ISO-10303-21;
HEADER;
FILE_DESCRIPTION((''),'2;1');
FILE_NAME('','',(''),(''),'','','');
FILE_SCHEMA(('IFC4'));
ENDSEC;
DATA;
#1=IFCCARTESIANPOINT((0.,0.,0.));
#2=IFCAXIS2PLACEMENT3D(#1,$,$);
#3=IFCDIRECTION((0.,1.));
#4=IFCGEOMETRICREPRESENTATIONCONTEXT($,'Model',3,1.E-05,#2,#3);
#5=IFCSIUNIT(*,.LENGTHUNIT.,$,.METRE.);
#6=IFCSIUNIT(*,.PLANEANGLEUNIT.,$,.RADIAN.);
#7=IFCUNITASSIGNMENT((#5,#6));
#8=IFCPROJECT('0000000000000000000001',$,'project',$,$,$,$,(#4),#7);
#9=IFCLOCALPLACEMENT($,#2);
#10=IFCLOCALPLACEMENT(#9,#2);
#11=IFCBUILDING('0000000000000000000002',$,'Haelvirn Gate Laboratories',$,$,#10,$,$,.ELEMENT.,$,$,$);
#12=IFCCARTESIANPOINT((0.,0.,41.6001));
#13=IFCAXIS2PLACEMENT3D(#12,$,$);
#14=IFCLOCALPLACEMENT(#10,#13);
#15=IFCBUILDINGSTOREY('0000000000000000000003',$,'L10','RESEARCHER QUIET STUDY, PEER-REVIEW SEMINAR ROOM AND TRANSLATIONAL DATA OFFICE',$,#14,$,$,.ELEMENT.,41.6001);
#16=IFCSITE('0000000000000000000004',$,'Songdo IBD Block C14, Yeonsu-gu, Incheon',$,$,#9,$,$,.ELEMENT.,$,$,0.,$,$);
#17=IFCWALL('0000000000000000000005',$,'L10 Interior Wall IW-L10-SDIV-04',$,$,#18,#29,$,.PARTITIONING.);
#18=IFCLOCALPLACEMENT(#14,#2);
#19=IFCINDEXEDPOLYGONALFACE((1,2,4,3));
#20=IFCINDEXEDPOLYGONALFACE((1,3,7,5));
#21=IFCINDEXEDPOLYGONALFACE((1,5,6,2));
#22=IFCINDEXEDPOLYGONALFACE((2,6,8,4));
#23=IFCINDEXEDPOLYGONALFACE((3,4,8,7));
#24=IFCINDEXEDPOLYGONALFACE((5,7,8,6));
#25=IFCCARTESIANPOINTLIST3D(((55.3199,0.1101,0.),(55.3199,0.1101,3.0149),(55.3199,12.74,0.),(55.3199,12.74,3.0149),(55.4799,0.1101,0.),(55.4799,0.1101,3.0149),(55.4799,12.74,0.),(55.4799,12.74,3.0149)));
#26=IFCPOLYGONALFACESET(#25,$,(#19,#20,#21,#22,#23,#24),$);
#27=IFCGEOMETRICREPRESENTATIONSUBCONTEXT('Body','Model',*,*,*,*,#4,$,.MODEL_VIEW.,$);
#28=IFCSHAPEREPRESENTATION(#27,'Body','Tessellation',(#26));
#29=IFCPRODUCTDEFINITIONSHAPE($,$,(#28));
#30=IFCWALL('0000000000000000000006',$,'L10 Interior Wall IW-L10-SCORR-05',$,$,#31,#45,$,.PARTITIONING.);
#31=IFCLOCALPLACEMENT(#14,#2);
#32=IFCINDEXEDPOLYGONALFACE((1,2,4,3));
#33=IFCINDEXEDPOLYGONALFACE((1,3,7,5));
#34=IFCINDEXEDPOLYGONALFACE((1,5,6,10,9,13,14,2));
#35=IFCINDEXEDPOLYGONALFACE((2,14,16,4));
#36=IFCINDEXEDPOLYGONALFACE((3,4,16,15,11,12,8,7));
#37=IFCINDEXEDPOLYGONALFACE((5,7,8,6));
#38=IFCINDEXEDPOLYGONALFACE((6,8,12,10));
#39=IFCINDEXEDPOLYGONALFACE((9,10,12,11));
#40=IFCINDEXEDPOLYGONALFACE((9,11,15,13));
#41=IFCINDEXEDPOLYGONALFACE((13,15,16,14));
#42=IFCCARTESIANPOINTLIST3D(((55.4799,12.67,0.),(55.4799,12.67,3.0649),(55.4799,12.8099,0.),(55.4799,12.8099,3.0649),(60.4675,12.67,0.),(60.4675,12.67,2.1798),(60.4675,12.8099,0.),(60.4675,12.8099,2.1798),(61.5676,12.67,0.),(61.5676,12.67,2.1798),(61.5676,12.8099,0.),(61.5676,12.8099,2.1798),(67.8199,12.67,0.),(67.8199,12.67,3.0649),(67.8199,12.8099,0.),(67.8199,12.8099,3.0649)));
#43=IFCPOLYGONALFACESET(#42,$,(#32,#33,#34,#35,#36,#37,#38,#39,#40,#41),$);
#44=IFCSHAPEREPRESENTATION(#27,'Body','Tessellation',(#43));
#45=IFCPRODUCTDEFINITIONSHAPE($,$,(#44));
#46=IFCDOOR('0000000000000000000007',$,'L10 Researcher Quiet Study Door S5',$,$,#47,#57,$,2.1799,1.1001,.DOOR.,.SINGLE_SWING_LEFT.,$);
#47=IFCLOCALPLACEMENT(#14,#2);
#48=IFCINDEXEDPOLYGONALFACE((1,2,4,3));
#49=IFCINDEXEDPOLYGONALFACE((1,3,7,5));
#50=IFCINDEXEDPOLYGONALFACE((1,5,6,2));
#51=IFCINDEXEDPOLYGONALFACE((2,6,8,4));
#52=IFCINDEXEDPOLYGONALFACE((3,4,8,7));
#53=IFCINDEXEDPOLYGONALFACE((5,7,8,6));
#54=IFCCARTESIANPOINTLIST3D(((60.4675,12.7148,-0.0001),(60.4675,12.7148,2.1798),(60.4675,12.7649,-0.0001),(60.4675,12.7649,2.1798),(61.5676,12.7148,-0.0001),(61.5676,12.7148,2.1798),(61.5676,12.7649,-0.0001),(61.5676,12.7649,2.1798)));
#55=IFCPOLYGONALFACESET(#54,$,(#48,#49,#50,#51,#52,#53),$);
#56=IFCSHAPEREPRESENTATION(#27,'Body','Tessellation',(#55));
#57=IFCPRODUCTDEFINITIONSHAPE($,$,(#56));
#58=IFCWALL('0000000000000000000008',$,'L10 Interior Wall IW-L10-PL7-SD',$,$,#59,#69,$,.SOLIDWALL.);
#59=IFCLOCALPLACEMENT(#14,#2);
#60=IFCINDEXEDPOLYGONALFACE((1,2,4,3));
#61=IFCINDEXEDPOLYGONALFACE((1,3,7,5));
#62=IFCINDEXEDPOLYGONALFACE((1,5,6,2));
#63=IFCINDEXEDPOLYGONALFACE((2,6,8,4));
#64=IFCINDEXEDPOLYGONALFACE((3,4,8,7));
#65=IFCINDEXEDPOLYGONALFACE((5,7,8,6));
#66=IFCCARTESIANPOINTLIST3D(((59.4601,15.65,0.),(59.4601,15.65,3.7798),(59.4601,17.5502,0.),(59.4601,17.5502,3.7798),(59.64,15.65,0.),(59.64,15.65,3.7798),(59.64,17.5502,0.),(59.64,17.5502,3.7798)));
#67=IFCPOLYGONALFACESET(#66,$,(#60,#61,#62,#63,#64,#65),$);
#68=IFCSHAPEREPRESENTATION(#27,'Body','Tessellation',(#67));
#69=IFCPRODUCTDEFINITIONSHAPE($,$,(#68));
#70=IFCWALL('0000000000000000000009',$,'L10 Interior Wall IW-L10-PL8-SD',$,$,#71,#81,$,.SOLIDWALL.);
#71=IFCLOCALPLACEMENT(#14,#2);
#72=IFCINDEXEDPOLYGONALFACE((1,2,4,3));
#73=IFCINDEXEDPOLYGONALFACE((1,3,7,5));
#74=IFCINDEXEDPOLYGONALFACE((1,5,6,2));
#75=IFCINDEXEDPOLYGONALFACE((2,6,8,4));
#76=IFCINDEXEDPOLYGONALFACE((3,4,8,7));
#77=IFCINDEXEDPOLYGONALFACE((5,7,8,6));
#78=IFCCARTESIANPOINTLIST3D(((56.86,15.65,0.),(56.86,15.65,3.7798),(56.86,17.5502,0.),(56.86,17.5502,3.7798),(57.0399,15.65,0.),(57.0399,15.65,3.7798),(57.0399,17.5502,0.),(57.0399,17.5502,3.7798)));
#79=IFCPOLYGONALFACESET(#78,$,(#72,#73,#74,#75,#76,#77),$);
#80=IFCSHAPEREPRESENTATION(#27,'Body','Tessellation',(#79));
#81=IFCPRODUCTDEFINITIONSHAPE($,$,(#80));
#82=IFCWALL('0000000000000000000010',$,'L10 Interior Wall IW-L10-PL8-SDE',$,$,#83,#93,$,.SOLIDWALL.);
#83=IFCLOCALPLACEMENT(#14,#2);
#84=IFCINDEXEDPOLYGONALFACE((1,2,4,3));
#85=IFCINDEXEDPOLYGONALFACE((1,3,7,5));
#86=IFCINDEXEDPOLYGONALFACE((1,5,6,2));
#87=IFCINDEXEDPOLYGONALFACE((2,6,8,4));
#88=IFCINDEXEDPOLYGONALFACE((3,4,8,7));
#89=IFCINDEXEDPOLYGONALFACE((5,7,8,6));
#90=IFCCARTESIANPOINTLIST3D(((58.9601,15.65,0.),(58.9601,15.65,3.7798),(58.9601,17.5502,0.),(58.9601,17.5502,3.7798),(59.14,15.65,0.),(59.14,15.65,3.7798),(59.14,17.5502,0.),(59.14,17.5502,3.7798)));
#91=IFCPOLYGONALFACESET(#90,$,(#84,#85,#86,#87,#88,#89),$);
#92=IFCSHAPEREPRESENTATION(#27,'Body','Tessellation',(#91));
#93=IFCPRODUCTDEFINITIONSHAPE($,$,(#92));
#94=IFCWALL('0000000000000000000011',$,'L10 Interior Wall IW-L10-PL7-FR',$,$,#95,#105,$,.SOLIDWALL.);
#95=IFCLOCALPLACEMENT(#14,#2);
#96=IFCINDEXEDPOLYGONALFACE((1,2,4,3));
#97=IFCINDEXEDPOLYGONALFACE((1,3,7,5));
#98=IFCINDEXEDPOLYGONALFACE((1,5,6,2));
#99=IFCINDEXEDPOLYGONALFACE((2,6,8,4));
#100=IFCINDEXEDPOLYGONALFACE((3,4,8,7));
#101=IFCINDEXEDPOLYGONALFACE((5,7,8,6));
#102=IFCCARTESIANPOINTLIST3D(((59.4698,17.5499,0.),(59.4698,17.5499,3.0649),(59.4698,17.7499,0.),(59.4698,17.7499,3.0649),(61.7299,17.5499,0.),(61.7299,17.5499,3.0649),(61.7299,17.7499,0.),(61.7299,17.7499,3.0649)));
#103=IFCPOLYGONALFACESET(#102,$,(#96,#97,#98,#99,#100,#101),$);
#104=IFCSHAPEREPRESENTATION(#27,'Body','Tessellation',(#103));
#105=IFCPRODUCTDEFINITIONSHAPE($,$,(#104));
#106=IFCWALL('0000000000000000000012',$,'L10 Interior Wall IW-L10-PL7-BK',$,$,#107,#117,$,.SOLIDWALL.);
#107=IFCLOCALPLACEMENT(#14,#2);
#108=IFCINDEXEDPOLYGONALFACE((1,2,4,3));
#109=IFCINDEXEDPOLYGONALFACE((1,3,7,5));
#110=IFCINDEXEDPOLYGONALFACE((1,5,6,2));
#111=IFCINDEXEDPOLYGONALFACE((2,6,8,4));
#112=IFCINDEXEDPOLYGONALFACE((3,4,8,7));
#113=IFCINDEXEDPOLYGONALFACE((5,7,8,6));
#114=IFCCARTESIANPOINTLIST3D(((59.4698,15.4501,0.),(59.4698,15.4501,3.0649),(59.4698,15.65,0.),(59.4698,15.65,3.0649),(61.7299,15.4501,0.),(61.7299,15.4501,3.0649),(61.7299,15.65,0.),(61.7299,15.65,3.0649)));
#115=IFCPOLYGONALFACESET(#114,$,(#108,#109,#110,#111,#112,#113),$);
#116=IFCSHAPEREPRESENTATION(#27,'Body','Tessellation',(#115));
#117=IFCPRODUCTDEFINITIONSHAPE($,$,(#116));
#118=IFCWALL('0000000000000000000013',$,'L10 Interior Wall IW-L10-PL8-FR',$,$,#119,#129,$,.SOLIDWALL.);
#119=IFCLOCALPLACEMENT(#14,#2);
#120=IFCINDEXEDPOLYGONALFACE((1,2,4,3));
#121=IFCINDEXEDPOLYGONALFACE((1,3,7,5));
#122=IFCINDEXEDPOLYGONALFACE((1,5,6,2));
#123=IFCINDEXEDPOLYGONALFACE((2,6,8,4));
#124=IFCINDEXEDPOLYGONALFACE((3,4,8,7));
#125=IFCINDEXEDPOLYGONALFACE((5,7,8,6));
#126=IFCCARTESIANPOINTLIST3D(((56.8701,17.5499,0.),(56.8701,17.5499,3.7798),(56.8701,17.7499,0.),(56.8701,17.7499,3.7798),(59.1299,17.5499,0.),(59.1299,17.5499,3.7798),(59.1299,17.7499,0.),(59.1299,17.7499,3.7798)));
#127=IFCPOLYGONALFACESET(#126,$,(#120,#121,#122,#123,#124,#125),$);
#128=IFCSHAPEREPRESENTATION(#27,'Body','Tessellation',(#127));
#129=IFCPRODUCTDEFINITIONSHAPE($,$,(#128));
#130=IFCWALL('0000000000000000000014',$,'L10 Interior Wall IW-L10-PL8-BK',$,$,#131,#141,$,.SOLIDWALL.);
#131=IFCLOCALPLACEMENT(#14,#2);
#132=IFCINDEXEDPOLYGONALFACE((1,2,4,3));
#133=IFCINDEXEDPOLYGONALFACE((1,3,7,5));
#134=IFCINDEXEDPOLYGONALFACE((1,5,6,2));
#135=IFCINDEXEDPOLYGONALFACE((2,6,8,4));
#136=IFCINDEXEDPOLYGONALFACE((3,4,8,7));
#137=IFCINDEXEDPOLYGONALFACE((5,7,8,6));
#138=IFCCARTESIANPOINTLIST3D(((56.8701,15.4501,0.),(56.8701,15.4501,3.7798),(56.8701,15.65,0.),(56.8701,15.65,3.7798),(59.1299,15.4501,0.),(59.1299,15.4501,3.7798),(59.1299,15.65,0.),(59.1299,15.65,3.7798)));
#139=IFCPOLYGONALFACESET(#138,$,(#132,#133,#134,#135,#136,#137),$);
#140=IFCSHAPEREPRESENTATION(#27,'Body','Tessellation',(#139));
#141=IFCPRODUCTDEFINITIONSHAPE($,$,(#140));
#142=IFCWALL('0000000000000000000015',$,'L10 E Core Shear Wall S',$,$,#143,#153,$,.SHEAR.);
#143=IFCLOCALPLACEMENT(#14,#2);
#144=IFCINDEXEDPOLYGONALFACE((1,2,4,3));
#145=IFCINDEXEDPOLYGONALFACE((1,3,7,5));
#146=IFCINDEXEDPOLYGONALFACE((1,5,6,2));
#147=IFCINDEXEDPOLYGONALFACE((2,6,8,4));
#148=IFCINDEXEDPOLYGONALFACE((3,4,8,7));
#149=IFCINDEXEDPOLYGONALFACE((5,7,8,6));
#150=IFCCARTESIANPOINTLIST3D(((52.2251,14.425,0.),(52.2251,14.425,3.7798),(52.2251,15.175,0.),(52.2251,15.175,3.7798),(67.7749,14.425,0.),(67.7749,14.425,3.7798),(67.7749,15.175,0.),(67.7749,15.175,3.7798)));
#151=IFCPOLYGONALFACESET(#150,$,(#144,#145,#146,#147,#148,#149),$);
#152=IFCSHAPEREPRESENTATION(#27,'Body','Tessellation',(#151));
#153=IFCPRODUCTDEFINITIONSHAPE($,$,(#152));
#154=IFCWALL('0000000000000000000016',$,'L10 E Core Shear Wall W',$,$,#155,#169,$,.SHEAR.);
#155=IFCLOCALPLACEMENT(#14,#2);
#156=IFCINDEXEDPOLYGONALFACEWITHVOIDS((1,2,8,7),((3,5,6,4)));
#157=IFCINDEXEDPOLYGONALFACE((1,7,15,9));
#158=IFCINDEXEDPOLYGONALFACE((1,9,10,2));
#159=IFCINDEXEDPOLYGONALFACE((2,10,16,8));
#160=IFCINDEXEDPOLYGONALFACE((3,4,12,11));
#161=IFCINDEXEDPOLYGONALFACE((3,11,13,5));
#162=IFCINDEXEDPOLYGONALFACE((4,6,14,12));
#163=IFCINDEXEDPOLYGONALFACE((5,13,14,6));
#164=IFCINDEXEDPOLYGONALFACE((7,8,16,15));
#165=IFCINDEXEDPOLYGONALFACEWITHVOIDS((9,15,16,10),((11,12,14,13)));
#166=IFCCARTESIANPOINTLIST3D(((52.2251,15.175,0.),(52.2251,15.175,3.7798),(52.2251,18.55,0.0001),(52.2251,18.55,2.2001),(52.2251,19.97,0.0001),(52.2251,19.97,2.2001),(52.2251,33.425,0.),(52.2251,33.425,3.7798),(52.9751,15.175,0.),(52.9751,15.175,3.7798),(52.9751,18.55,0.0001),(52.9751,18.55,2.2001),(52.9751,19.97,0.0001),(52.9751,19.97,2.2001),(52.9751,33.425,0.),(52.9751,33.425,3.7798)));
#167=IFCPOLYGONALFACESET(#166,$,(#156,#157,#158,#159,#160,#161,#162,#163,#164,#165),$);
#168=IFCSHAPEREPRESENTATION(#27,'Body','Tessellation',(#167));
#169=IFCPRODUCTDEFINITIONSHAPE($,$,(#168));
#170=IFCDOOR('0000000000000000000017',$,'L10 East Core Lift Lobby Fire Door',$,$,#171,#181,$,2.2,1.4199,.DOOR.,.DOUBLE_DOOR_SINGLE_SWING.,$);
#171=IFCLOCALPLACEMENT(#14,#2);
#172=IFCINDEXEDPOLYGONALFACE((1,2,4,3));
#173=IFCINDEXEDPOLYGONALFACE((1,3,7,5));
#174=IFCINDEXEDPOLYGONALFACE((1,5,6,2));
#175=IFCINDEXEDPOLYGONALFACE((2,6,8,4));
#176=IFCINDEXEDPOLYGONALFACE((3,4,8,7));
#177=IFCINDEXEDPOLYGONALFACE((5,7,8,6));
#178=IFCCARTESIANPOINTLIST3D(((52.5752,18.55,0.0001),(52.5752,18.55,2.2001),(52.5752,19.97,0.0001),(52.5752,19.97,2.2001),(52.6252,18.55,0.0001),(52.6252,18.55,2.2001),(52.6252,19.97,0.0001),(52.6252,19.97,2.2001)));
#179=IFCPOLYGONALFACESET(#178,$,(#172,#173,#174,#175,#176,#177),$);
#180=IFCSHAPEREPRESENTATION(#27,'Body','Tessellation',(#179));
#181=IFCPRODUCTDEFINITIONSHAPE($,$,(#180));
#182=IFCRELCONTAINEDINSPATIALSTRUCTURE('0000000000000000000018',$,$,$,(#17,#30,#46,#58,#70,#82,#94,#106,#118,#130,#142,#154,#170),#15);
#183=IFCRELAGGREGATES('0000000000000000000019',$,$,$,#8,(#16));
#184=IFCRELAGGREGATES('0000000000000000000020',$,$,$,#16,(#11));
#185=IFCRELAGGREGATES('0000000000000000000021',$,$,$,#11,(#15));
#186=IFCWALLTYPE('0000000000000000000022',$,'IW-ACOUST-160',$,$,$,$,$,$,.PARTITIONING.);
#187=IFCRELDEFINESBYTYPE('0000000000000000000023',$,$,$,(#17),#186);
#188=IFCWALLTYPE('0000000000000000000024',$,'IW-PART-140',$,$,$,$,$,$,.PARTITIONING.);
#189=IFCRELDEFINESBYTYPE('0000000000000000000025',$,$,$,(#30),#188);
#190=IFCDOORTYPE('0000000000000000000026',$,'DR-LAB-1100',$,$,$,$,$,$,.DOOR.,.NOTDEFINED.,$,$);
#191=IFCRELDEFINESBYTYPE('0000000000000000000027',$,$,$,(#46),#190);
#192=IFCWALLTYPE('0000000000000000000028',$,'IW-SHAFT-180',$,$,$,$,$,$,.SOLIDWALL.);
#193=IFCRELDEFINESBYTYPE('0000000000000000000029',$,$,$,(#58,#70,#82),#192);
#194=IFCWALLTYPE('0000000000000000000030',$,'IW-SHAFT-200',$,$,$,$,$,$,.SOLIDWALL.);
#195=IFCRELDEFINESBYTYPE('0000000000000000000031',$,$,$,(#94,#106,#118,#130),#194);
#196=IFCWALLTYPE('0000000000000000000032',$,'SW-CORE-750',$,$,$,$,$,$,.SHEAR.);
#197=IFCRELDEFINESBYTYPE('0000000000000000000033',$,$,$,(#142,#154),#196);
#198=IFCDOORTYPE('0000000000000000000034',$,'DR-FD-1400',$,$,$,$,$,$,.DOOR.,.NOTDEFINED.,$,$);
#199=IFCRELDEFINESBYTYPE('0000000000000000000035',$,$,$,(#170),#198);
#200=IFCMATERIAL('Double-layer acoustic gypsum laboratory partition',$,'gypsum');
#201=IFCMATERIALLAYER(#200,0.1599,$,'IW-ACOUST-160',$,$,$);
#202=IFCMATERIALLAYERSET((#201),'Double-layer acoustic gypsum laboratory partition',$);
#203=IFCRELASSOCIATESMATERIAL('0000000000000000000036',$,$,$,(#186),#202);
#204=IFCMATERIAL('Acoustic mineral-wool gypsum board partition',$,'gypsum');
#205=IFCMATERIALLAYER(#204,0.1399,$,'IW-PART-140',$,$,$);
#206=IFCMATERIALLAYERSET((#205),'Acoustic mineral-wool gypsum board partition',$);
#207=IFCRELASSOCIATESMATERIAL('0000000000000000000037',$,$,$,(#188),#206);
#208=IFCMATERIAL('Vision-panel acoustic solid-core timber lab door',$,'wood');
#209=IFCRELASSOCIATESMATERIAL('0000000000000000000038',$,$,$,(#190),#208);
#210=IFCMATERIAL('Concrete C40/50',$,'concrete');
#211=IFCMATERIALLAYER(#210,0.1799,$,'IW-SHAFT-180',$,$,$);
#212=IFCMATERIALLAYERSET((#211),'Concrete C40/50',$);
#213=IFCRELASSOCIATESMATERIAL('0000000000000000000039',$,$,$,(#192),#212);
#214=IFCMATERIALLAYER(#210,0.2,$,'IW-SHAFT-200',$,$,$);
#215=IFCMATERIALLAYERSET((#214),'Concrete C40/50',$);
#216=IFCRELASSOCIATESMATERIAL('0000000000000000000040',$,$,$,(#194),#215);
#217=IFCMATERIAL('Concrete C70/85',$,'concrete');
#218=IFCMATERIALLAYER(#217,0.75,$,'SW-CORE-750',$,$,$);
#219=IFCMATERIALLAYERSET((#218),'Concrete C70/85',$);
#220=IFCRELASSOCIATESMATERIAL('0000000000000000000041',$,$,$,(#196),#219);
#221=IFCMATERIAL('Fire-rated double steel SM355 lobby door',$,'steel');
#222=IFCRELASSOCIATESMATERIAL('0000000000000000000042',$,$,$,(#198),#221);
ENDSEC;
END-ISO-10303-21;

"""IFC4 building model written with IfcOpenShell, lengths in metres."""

from ifc_helpers import new_model, si_unit, direction, frame, frame_2d, origin, place, context, subcontext, project, spatial, rectangle, extrude, source, transform, mapped, material, layer, layer_set, type_object, type_shapes, element, fill, save


model = new_model("IFC4")

# Units and contexts
model_context = context("Model", 3, precision=1e-05, world=origin(), true_north=direction((0.0, 1.0)))
body_context = subcontext(model_context, "Body", "Model", "MODEL_VIEW")
ifc_project = project(units=[si_unit("LENGTHUNIT", "METRE"), si_unit("PLANEANGLEUNIT", "RADIAN")], contexts=[model_context])

# Site, building, storey
site_placement = place(None, origin())
site = spatial("IfcSite", under=ifc_project, at=site_placement, Name="Songdo IBD Block C14, Yeonsu-gu, Incheon", CompositionType="ELEMENT", RefElevation=0.0)
building_placement = place(site_placement, origin())
building = spatial("IfcBuilding", under=site, at=building_placement, Name="Haelvirn Gate Laboratories", CompositionType="ELEMENT")
storey_placement = place(building_placement, frame((0.0, 0.0, 41.6001)))
storey = spatial("IfcBuildingStorey", under=building, at=storey_placement, Name="L10", Description="RESEARCHER QUIET STUDY, PEER-REVIEW SEMINAR ROOM AND TRANSLATIONAL DATA OFFICE", CompositionType="ELEMENT", Elevation=41.6001)

# Shared definitions
ifc_material_1 = material(Name="Concrete C70/85", Category="concrete")

# Wall
ifc_material_2 = material(Name="Double-layer acoustic gypsum laboratory partition", Category="gypsum")
ifc_layer_1 = layer(ifc_material_2, 0.1599, Name="IW-ACOUST-160")
ifc_layer_set_1 = layer_set([ifc_layer_1], Name="Double-layer acoustic gypsum laboratory partition")
wall_type_1 = type_object("IfcWallType", Name="IW-ACOUST-160", PredefinedType="PARTITIONING", material=ifc_layer_set_1)
wall_1_placement = place(storey_placement, frame((55.3999, 0.1101, 0.0), z_axis=(0.0, 0.0, 1.0), x_axis=(0.0, 1.0, 0.0)))
element("IfcWall", 1, at=wall_1_placement, inside=storey, type_object=wall_type_1, Name="L10 Interior Wall IW-L10-SDIV-04", PredefinedType="PARTITIONING", context=body_context, shape_type="SweptSolid", body=[
    extrude(rectangle(XDim=12.6299, YDim=0.1599, at=frame_2d((6.3149, 0.0))), origin(), (0.0, 0.0, 1.0), 3.0149),
])

# Wall, opening, door
ifc_material_3 = material(Name="Acoustic mineral-wool gypsum board partition", Category="gypsum")
ifc_layer_2 = layer(ifc_material_3, 0.1399, Name="IW-PART-140")
ifc_layer_set_2 = layer_set([ifc_layer_2], Name="Acoustic mineral-wool gypsum board partition")
wall_type_2 = type_object("IfcWallType", Name="IW-PART-140", PredefinedType="PARTITIONING", material=ifc_layer_set_2)
wall_2_placement = place(storey_placement, frame((55.48, 12.74, 0.0), z_axis=(0.0, 0.0, 1.0), x_axis=(1.0, 0.0, 0.0)))
wall_2 = element("IfcWall", 2, at=wall_2_placement, inside=storey, type_object=wall_type_2, Name="L10 Interior Wall IW-L10-SCORR-05", PredefinedType="PARTITIONING", context=body_context, shape_type="SweptSolid", body=[
    extrude(rectangle(XDim=12.3401, YDim=0.1399, at=frame_2d((6.1699, 0.0))), origin(), (0.0, 0.0, 1.0), 3.0649),
])
opening_1_placement = place(wall_2_placement, frame((4.9875, 0.0, 0.0)))
opening_1 = element("IfcOpeningElement", 3, at=opening_1_placement, cuts=wall_2, PredefinedType="OPENING", context=body_context, shape_type="SweptSolid", body=[
    extrude(rectangle(XDim=1.1001, YDim=2.1799, at=frame_2d((0.55, 1.0898))), frame((0.0, 0.0801, 0.0), z_axis=(0.0, -1.0, 0.0), x_axis=(1.0, 0.0, 0.0)), (0.0, 0.0, 1.0), 0.1599),
])
ifc_material_4 = material(Name="Vision-panel acoustic solid-core timber lab door", Category="wood")
door_type_1 = type_object("IfcDoorType", Name="DR-LAB-1100", OperationType="NOTDEFINED", PredefinedType="DOOR", material=ifc_material_4)
shared_shape_1 = source(origin(), body_context, "Body", "SweptSolid", [
    extrude(rectangle(XDim=1.1001, YDim=2.1799, at=frame_2d((0.55, 1.0898))), frame((0.0, 0.0249, 0.0), z_axis=(0.0, -1.0, 0.0), x_axis=(1.0, 0.0, 0.0)), (0.0, 0.0, 1.0), 0.05),
])
type_shapes(door_type_1, [shared_shape_1])
door_1_placement = place(opening_1_placement, origin())
door_1 = element("IfcDoor", 4, at=door_1_placement, inside=storey, type_object=door_type_1, Name="L10 Researcher Quiet Study Door S5", OperationType="SINGLE_SWING_LEFT", OverallHeight=2.1799, OverallWidth=1.1001, PredefinedType="DOOR", context=body_context, shape_type="MappedRepresentation", body=[
    mapped(shared_shape_1, transform((0.0, 0.0, 0.0), scale=1.0)),
])
fill(opening_1, door_1)

# Walls
ifc_material_5 = material(Name="Concrete C40/50", Category="concrete")
ifc_layer_3 = layer(ifc_material_5, 0.1799, Name="IW-SHAFT-180")
ifc_layer_set_3 = layer_set([ifc_layer_3], Name="Concrete C40/50")
wall_type_3 = type_object("IfcWallType", Name="IW-SHAFT-180", PredefinedType="SOLIDWALL", material=ifc_layer_set_3)
for number, where, z_axis, x_axis, name in (
    (5, (59.55, 15.6499, 0.0), (0.0, 0.0, 1.0), (0.0, 1.0, 0.0), "L10 Interior Wall IW-L10-PL7-SD"),
    (6, (56.95, 15.6499, 0.0), (0.0, 0.0, 1.0), (0.0, 1.0, 0.0), "L10 Interior Wall IW-L10-PL8-SD"),
    (7, (59.05, 15.6499, 0.0), (0.0, 0.0, 1.0), (0.0, 1.0, 0.0), "L10 Interior Wall IW-L10-PL8-SDE"),
):
    element("IfcWall", number, at=place(storey_placement, frame(where, z_axis=z_axis, x_axis=x_axis)), inside=storey, type_object=wall_type_3, Name=name, PredefinedType="SOLIDWALL", context=body_context, shape_type="SweptSolid", body=[
        extrude(rectangle(XDim=1.9001, YDim=0.1799, at=frame_2d((0.9502, 0.0))), origin(), (0.0, 0.0, 1.0), 3.7798),
    ])
ifc_layer_4 = layer(ifc_material_5, 0.2, Name="IW-SHAFT-200")
ifc_layer_set_4 = layer_set([ifc_layer_4], Name="Concrete C40/50")
wall_type_4 = type_object("IfcWallType", Name="IW-SHAFT-200", PredefinedType="SOLIDWALL", material=ifc_layer_set_4)
for number, where, z_axis, x_axis, name in (
    (8, (59.47, 17.6499, 0.0), (0.0, 0.0, 1.0), (1.0, 0.0, 0.0), "L10 Interior Wall IW-L10-PL7-FR"),
    (9, (59.47, 15.55, 0.0), (0.0, 0.0, 1.0), (1.0, 0.0, 0.0), "L10 Interior Wall IW-L10-PL7-BK"),
):
    element("IfcWall", number, at=place(storey_placement, frame(where, z_axis=z_axis, x_axis=x_axis)), inside=storey, type_object=wall_type_4, Name=name, PredefinedType="SOLIDWALL", context=body_context, shape_type="SweptSolid", body=[
        extrude(rectangle(XDim=2.26, YDim=0.2, at=frame_2d((1.1299, 0.0))), origin(), (0.0, 0.0, 1.0), 3.0649),
    ])
for number, where, z_axis, x_axis, name in (
    (10, (56.8701, 17.6499, 0.0), (0.0, 0.0, 1.0), (1.0, 0.0, 0.0), "L10 Interior Wall IW-L10-PL8-FR"),
    (11, (56.8701, 15.55, 0.0), (0.0, 0.0, 1.0), (1.0, 0.0, 0.0), "L10 Interior Wall IW-L10-PL8-BK"),
):
    element("IfcWall", number, at=place(storey_placement, frame(where, z_axis=z_axis, x_axis=x_axis)), inside=storey, type_object=wall_type_4, Name=name, PredefinedType="SOLIDWALL", context=body_context, shape_type="SweptSolid", body=[
        extrude(rectangle(XDim=2.2598, YDim=0.2, at=frame_2d((1.1299, 0.0))), origin(), (0.0, 0.0, 1.0), 3.7798),
    ])
ifc_layer_5 = layer(ifc_material_1, 0.75, Name="SW-CORE-750")
ifc_layer_set_5 = layer_set([ifc_layer_5], Name="Concrete C70/85")
wall_type_5 = type_object("IfcWallType", Name="SW-CORE-750", PredefinedType="SHEAR", material=ifc_layer_set_5)
wall_3_placement = place(storey_placement, frame((52.2251, 14.8, 0.0), z_axis=(0.0, 0.0, 1.0), x_axis=(1.0, 0.0, 0.0)))
element("IfcWall", 12, at=wall_3_placement, inside=storey, type_object=wall_type_5, Name="L10 E Core Shear Wall S", PredefinedType="SHEAR", context=body_context, shape_type="SweptSolid", body=[
    extrude(rectangle(XDim=15.5498, YDim=0.75, at=frame_2d((7.7749, 0.0))), origin(), (0.0, 0.0, 1.0), 3.7798),
])

# Wall, opening, door
wall_4_placement = place(storey_placement, frame((52.6001, 15.175, 0.0), z_axis=(0.0, 0.0, 1.0), x_axis=(0.0, 1.0, 0.0)))
wall_4 = element("IfcWall", 13, at=wall_4_placement, inside=storey, type_object=wall_type_5, Name="L10 E Core Shear Wall W", PredefinedType="SHEAR", context=body_context, shape_type="SweptSolid", body=[
    extrude(rectangle(XDim=18.25, YDim=0.75, at=frame_2d((9.125, 0.0))), origin(), (0.0, 0.0, 1.0), 3.7798),
])
opening_2_placement = place(wall_4_placement, frame((3.375, 0.0, 0.0)))
opening_2 = element("IfcOpeningElement", 14, at=opening_2_placement, cuts=wall_4, PredefinedType="OPENING", context=body_context, shape_type="SweptSolid", body=[
    extrude(rectangle(XDim=1.4199, YDim=2.2, at=frame_2d((0.71, 1.1001))), frame((0.0, 0.385, 0.0), z_axis=(0.0, -1.0, 0.0), x_axis=(1.0, 0.0, 0.0)), (0.0, 0.0, 1.0), 0.77),
])
ifc_material_6 = material(Name="Fire-rated double steel SM355 lobby door", Category="steel")
door_type_2 = type_object("IfcDoorType", Name="DR-FD-1400", OperationType="NOTDEFINED", PredefinedType="DOOR", material=ifc_material_6)
shared_shape_2 = source(origin(), body_context, "Body", "SweptSolid", [
    extrude(rectangle(XDim=1.4199, YDim=2.2, at=frame_2d((0.71, 1.1001))), frame((0.0, 0.0249, 0.0), z_axis=(0.0, -1.0, 0.0), x_axis=(1.0, 0.0, 0.0)), (0.0, 0.0, 1.0), 0.05),
])
type_shapes(door_type_2, [shared_shape_2])
door_2_placement = place(opening_2_placement, origin())
door_2 = element("IfcDoor", 15, at=door_2_placement, inside=storey, type_object=door_type_2, Name="L10 East Core Lift Lobby Fire Door", OperationType="DOUBLE_DOOR_SINGLE_SWING", OverallHeight=2.2, OverallWidth=1.4199, PredefinedType="DOOR", context=body_context, shape_type="MappedRepresentation", body=[
    mapped(shared_shape_2, transform((0.0, 0.0, 0.0), scale=1.0)),
])
fill(opening_2, door_2)

save(model, "model.ifc")
